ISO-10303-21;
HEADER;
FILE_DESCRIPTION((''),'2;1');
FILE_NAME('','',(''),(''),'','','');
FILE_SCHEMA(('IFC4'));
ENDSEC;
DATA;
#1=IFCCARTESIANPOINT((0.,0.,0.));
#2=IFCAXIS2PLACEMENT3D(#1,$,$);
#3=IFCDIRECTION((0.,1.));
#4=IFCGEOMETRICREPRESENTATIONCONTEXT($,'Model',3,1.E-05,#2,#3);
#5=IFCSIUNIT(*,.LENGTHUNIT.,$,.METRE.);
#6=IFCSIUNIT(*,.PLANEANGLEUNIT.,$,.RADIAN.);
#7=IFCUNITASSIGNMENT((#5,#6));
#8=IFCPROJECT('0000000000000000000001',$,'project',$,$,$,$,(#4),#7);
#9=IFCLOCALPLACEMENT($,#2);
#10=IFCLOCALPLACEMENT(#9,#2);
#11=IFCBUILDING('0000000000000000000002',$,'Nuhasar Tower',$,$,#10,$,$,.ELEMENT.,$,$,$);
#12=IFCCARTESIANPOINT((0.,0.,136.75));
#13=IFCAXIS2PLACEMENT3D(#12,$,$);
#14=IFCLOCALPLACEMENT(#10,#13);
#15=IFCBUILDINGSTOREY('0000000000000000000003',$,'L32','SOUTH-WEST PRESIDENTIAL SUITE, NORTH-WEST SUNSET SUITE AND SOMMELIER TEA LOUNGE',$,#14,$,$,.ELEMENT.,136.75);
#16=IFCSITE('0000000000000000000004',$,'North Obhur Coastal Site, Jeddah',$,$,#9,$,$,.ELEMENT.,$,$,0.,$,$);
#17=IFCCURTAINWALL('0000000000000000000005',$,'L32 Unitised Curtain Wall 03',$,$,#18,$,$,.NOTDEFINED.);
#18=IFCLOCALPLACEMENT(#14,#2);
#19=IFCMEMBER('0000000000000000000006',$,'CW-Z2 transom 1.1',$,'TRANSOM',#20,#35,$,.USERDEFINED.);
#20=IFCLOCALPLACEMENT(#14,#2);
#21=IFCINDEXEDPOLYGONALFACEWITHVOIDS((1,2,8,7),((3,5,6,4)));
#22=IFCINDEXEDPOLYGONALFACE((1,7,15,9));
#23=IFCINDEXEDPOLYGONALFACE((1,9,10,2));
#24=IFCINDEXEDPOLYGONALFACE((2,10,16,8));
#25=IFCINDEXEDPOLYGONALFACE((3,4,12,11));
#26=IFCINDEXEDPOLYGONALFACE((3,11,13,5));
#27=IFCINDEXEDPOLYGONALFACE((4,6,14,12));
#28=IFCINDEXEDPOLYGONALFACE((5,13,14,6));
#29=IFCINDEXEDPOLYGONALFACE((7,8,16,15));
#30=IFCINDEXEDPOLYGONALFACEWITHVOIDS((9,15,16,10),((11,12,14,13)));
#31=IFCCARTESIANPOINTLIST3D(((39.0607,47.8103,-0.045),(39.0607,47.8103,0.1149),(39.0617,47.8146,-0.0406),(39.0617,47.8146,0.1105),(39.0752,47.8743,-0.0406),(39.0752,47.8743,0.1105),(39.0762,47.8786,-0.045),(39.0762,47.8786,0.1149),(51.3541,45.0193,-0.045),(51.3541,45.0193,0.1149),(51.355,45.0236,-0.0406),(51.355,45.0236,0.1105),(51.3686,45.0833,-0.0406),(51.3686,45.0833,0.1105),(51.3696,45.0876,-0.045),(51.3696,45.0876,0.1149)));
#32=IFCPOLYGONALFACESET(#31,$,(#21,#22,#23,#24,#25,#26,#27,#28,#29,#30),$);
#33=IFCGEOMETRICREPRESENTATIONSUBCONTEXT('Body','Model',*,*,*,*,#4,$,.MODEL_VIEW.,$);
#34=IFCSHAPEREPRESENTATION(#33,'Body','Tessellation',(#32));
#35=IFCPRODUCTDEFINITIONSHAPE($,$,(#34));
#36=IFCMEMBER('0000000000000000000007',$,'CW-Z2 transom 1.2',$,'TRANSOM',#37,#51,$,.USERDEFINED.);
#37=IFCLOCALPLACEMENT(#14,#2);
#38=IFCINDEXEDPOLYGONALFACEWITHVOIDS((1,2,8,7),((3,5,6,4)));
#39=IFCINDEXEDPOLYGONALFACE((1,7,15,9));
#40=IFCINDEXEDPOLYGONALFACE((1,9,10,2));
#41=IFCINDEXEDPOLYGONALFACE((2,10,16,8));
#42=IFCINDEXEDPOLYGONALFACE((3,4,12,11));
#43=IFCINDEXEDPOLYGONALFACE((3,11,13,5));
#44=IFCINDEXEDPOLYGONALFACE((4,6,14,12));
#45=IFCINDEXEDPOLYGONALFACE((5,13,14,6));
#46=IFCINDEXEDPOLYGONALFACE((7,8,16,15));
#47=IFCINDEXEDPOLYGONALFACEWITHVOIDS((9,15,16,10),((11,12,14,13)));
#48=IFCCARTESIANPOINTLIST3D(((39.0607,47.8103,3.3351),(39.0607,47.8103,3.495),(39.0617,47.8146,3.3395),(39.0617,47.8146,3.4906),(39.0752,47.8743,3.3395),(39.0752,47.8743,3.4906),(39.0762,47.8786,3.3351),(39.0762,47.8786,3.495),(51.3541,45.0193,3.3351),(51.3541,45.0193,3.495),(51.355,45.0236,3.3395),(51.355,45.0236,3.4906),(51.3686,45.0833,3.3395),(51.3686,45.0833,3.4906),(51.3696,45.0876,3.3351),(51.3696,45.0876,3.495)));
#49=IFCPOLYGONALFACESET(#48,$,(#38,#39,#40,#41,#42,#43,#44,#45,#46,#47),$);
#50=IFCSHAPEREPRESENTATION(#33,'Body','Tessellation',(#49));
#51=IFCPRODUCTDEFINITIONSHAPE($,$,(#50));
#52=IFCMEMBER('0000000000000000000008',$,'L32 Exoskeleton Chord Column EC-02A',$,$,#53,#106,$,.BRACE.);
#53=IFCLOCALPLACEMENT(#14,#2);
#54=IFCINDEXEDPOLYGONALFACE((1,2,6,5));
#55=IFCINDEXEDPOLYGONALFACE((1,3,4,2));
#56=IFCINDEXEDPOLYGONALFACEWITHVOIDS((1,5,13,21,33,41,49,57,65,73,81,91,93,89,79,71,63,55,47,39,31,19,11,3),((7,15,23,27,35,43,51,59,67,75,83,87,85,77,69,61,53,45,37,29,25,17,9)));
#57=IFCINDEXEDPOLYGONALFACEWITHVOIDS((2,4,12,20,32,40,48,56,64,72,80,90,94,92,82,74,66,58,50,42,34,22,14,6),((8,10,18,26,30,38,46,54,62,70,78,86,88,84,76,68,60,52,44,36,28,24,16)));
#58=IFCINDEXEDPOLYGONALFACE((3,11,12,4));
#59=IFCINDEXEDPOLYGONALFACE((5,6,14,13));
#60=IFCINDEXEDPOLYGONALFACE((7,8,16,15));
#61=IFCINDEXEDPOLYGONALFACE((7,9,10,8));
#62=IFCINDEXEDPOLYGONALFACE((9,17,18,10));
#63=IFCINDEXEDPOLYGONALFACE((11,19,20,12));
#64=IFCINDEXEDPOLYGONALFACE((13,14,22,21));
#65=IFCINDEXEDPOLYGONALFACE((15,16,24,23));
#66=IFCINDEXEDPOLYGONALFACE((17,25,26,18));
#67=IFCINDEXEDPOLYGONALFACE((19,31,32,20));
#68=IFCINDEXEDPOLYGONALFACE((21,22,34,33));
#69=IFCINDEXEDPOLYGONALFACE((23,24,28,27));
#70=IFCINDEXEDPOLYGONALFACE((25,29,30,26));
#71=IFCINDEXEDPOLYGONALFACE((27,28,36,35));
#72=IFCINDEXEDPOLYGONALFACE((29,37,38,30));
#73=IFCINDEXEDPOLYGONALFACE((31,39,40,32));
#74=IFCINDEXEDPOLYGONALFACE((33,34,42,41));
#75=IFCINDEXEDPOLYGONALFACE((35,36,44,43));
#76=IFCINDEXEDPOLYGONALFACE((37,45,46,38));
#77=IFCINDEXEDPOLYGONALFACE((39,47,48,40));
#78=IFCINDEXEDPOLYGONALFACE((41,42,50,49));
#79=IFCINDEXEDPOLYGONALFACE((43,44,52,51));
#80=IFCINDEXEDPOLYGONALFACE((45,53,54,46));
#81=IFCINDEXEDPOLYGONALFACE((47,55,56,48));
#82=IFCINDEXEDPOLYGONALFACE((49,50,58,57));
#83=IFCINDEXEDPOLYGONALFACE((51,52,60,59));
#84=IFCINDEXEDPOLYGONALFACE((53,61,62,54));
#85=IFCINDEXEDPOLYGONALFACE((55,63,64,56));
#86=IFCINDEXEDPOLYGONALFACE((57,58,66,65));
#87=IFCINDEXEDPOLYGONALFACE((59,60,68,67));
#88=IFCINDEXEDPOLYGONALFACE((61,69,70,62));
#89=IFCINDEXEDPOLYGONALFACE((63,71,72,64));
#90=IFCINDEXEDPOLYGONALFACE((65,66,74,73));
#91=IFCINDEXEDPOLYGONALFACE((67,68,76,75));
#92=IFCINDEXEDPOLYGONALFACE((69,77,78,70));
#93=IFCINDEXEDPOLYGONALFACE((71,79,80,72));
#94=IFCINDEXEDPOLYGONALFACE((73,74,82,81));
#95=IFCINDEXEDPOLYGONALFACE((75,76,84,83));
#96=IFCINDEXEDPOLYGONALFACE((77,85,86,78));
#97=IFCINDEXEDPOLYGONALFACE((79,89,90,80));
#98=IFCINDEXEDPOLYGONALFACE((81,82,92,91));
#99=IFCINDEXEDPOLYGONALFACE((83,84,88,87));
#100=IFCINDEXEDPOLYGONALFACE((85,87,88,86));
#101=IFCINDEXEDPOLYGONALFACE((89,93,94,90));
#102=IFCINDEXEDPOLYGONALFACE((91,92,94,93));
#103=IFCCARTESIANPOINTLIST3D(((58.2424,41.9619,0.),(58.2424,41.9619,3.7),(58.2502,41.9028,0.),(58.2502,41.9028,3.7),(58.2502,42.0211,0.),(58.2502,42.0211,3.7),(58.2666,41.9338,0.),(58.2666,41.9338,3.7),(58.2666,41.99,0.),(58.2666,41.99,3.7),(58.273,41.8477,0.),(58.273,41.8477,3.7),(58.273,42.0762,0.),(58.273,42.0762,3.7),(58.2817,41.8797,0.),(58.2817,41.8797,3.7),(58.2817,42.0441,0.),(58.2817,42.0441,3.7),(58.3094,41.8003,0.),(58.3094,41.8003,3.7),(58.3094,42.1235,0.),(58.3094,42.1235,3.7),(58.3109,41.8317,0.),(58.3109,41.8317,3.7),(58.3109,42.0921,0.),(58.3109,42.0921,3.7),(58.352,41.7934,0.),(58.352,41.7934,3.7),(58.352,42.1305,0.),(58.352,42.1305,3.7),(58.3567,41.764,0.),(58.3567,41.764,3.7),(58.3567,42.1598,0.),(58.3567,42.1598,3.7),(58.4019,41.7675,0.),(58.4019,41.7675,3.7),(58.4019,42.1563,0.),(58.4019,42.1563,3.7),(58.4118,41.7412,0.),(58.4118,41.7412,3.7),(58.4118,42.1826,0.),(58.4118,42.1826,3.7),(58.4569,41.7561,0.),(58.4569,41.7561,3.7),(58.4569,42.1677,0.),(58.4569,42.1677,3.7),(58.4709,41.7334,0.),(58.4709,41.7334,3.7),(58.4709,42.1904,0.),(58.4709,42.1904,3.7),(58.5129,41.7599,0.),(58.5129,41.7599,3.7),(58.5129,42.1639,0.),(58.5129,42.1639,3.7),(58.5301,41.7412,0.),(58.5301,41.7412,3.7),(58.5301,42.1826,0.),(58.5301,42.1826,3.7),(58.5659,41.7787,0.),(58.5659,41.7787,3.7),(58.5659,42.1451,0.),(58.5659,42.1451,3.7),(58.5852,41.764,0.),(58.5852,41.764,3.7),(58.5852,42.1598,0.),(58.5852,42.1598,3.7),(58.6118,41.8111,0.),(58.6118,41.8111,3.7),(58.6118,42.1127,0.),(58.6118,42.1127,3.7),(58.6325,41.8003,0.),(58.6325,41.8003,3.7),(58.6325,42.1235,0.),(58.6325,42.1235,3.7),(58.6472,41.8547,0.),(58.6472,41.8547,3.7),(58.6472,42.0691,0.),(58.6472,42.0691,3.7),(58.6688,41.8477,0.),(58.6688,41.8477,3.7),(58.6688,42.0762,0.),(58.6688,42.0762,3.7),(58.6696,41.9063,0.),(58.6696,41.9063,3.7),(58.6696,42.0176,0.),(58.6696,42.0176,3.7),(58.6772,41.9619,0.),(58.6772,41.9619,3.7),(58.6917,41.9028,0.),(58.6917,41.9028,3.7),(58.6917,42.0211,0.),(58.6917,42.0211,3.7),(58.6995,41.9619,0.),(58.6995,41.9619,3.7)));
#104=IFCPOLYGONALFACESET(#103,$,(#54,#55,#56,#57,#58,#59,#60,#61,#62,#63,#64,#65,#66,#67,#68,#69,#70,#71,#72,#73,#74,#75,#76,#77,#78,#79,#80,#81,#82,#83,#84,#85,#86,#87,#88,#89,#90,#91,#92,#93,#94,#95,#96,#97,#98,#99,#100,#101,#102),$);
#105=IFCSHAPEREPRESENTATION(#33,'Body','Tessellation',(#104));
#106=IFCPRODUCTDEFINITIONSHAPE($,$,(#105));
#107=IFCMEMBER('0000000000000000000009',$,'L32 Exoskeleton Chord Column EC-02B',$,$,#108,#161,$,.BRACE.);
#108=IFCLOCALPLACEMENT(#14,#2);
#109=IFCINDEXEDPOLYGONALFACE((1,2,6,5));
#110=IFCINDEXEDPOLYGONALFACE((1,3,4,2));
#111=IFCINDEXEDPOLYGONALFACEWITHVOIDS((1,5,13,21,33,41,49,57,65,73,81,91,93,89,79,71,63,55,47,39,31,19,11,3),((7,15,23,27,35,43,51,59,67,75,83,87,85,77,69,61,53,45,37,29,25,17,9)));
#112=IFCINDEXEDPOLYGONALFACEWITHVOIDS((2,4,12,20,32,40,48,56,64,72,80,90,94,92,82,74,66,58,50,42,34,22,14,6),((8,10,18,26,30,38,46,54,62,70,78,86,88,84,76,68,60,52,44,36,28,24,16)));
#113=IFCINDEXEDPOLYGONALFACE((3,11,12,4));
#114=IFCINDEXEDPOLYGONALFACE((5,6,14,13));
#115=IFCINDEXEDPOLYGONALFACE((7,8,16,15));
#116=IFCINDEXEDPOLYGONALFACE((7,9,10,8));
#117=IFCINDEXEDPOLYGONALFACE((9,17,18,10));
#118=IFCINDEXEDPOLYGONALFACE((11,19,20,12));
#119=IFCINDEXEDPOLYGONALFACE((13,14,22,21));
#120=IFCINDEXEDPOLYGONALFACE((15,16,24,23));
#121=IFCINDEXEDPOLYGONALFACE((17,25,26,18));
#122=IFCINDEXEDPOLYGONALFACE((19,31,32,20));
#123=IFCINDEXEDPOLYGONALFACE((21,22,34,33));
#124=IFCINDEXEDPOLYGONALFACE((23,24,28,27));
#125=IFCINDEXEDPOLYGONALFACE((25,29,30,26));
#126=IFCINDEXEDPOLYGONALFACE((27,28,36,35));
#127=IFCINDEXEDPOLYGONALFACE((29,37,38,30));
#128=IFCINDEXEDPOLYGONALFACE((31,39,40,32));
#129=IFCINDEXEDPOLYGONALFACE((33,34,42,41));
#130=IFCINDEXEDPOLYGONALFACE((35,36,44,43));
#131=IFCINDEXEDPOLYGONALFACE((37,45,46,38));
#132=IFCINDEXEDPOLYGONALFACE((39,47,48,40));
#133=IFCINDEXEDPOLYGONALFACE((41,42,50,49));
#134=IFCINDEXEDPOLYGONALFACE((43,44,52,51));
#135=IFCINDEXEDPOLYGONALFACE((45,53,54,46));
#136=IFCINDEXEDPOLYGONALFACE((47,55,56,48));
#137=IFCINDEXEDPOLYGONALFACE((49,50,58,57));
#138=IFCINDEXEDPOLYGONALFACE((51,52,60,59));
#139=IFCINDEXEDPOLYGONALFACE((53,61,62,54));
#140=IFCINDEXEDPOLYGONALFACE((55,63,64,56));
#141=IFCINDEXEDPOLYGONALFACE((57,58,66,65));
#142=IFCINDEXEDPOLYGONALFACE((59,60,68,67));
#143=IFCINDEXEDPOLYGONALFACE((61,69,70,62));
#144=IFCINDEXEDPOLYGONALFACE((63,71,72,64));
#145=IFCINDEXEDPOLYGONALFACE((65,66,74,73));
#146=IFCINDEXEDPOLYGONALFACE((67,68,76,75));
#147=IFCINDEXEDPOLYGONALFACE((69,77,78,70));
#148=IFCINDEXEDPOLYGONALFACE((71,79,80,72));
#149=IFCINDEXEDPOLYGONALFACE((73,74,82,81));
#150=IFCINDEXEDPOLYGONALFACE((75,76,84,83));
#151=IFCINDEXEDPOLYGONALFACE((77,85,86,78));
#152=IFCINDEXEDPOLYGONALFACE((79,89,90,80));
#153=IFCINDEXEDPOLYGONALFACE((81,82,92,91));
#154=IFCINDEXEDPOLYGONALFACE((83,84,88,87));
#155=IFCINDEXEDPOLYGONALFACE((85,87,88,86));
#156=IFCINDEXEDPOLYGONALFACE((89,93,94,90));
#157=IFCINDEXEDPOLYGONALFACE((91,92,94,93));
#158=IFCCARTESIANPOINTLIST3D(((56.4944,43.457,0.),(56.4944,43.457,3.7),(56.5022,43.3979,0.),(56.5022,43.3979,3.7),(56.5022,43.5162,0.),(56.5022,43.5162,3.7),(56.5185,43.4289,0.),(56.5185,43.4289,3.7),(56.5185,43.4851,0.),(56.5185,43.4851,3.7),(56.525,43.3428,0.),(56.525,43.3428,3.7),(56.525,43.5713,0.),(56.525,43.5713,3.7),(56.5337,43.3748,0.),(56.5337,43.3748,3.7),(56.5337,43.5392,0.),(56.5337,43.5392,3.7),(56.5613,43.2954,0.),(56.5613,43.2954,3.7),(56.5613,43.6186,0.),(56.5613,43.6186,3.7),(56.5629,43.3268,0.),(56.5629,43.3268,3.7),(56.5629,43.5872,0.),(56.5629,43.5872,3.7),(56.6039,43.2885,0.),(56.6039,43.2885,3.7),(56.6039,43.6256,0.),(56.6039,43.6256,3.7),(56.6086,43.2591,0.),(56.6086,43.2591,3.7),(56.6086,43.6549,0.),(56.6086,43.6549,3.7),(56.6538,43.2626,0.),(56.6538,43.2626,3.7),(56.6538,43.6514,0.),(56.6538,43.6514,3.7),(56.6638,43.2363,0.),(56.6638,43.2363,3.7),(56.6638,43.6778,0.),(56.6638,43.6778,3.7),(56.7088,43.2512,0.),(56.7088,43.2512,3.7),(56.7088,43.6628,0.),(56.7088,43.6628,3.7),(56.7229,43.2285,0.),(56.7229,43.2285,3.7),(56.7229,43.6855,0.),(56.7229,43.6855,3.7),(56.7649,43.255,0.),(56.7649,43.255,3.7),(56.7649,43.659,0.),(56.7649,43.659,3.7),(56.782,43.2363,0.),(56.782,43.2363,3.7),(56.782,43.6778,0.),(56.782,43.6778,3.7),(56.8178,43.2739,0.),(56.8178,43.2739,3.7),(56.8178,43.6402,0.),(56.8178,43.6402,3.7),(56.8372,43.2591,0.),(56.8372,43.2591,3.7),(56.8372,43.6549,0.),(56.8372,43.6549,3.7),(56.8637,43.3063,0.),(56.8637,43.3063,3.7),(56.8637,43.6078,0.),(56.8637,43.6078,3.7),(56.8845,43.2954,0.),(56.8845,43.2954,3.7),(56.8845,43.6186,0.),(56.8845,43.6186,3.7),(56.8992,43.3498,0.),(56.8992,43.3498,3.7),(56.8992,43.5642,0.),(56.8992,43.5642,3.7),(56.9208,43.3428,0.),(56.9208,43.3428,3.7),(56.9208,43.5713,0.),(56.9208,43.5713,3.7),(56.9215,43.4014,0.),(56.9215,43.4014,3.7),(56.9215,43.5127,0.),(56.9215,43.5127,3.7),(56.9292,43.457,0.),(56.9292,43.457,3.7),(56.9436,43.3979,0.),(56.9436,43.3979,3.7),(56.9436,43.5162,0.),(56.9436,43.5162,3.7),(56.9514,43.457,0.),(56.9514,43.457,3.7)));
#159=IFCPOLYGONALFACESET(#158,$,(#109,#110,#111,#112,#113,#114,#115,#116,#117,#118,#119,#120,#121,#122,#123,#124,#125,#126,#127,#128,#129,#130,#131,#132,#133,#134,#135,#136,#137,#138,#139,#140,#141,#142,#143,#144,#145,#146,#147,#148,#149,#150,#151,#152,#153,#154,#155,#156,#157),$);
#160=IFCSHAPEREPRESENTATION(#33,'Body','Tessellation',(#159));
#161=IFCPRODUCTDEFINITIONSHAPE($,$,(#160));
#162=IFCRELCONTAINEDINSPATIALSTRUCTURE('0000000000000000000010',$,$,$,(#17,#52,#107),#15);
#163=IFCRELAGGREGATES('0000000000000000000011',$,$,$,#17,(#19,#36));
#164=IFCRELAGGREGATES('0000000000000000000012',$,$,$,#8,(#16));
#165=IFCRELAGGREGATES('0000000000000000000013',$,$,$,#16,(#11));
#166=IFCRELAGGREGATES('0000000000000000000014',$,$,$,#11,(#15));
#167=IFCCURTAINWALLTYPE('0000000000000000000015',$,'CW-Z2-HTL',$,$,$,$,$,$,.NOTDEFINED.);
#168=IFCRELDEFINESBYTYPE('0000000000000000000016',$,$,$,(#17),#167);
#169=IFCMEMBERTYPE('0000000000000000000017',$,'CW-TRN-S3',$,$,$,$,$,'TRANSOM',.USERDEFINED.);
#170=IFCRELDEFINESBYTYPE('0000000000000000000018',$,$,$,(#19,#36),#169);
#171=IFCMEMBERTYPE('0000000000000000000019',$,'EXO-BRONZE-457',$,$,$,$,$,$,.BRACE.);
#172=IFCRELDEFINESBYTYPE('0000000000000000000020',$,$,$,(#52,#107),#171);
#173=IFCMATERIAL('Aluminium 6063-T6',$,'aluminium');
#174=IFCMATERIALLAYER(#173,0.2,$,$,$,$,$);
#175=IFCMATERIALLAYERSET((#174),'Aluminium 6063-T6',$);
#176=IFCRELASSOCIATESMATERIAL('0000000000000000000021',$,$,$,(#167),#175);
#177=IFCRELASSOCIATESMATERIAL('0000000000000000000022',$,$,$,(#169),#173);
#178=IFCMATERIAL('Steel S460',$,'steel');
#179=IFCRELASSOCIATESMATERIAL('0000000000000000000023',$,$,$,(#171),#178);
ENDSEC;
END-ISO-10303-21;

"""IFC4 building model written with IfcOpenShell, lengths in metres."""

from ifc_helpers import new_model, si_unit, direction, frame, origin, origin_2d, place, context, subcontext, project, spatial, hollow_rectangle, hollow_circle, extrude, material, layer, layer_set, material_profile, profile_set, type_object, element, aggregate, save


model = new_model("IFC4")

# Units and contexts
model_context = context("Model", 3, precision=1e-05, world=origin(), true_north=direction((0.0, 1.0)))
body_context = subcontext(model_context, "Body", "Model", "MODEL_VIEW")
ifc_project = project(units=[si_unit("LENGTHUNIT", "METRE"), si_unit("PLANEANGLEUNIT", "RADIAN")], contexts=[model_context])

# Site, building, storey
site_placement = place(None, origin())
site = spatial("IfcSite", under=ifc_project, at=site_placement, Name="North Obhur Coastal Site, Jeddah", CompositionType="ELEMENT", RefElevation=0.0)
building_placement = place(site_placement, origin())
building = spatial("IfcBuilding", under=site, at=building_placement, Name="Nuhasar Tower", CompositionType="ELEMENT")
storey_placement = place(building_placement, frame((0.0, 0.0, 136.75)))
storey = spatial("IfcBuildingStorey", under=building, at=storey_placement, Name="L32", Description="SOUTH-WEST PRESIDENTIAL SUITE, NORTH-WEST SUNSET SUITE AND SOMMELIER TEA LOUNGE", CompositionType="ELEMENT", Elevation=136.75)

# Shared definitions
ifc_material_1 = material(Name="Aluminium 6063-T6", Category="aluminium")
ifc_layer_1 = layer(ifc_material_1, 0.2)
ifc_layer_set_1 = layer_set([ifc_layer_1], Name="Aluminium 6063-T6")
curtain_wall_type = type_object("IfcCurtainWallType", Name="CW-Z2-HTL", PredefinedType="NOTDEFINED", material=ifc_layer_set_1)

# Curtain wall
curtain_wall_1_placement = place(storey_placement, origin())
curtain_wall_1 = element("IfcCurtainWall", 1, at=curtain_wall_1_placement, inside=storey, type_object=curtain_wall_type, Name="L32 Unitised Curtain Wall 03", PredefinedType="NOTDEFINED")

# Members
ifc_material_profile_1 = material_profile(ifc_material_1, hollow_rectangle(XDim=0.0701, YDim=0.1599, WallThickness=0.0044, at=origin_2d()), Name="CWT-3")
ifc_profile_set_1 = profile_set([ifc_material_profile_1], Name="Aluminium 6063-T6")
member_type_1 = type_object("IfcMemberType", Name="CW-TRN-S3", ElementType="TRANSOM", PredefinedType="USERDEFINED", material=ifc_profile_set_1)
member_1_placement = place(storey_placement, frame((51.3618, 45.0535, 0.0349), z_axis=(-0.975183, 0.221398, 0.0), x_axis=(-0.221398, -0.975183, 0.0)))
member_1 = element("IfcMember", 2, at=member_1_placement, type_object=member_type_1, Name="CW-Z2 transom 1.1", ObjectType="TRANSOM", PredefinedType="USERDEFINED", context=body_context, shape_type="SweptSolid", body=[
    extrude(hollow_rectangle(XDim=0.0701, YDim=0.1599, WallThickness=0.0044, at=origin_2d()), origin(), (0.0, 0.0, 1.0), 12.6062),
])
member_2_placement = place(storey_placement, frame((51.3618, 45.0535, 3.415), z_axis=(-0.975183, 0.221398, 0.0), x_axis=(-0.221398, -0.975183, 0.0)))
member_2 = element("IfcMember", 3, at=member_2_placement, type_object=member_type_1, Name="CW-Z2 transom 1.2", ObjectType="TRANSOM", PredefinedType="USERDEFINED", context=body_context, shape_type="SweptSolid", body=[
    extrude(hollow_rectangle(XDim=0.0701, YDim=0.1599, WallThickness=0.0044, at=origin_2d()), origin(), (0.0, 0.0, 1.0), 12.6062),
])
aggregate(curtain_wall_1, [member_1, member_2])

# Members
ifc_material_2 = material(Name="Steel S460", Category="steel")
ifc_material_profile_2 = material_profile(ifc_material_2, hollow_circle(Radius=0.2285, WallThickness=0.0222, at=origin_2d()), Name="HSS457X22.2")
ifc_profile_set_2 = profile_set([ifc_material_profile_2], Name="Steel S460")
member_type_2 = type_object("IfcMemberType", Name="EXO-BRONZE-457", PredefinedType="BRACE", material=ifc_profile_set_2)
for number, where, z_axis, x_axis, name in (
    (4, (58.4709, 41.9619, 0.0), (0.0, 0.0, 1.0), (1.0, 0.0, 0.0), "L32 Exoskeleton Chord Column EC-02A"),
    (5, (56.7229, 43.457, 0.0), (0.0, 0.0, 1.0), (1.0, 0.0, 0.0), "L32 Exoskeleton Chord Column EC-02B"),
):
    element("IfcMember", number, at=place(storey_placement, frame(where, z_axis=z_axis, x_axis=x_axis)), inside=storey, type_object=member_type_2, Name=name, PredefinedType="BRACE", context=body_context, shape_type="SweptSolid", body=[
        extrude(hollow_circle(Radius=0.2285, WallThickness=0.0222, at=origin_2d()), origin(), (0.0, 0.0, 1.0), 3.7),
    ])

save(model, "model.ifc")
